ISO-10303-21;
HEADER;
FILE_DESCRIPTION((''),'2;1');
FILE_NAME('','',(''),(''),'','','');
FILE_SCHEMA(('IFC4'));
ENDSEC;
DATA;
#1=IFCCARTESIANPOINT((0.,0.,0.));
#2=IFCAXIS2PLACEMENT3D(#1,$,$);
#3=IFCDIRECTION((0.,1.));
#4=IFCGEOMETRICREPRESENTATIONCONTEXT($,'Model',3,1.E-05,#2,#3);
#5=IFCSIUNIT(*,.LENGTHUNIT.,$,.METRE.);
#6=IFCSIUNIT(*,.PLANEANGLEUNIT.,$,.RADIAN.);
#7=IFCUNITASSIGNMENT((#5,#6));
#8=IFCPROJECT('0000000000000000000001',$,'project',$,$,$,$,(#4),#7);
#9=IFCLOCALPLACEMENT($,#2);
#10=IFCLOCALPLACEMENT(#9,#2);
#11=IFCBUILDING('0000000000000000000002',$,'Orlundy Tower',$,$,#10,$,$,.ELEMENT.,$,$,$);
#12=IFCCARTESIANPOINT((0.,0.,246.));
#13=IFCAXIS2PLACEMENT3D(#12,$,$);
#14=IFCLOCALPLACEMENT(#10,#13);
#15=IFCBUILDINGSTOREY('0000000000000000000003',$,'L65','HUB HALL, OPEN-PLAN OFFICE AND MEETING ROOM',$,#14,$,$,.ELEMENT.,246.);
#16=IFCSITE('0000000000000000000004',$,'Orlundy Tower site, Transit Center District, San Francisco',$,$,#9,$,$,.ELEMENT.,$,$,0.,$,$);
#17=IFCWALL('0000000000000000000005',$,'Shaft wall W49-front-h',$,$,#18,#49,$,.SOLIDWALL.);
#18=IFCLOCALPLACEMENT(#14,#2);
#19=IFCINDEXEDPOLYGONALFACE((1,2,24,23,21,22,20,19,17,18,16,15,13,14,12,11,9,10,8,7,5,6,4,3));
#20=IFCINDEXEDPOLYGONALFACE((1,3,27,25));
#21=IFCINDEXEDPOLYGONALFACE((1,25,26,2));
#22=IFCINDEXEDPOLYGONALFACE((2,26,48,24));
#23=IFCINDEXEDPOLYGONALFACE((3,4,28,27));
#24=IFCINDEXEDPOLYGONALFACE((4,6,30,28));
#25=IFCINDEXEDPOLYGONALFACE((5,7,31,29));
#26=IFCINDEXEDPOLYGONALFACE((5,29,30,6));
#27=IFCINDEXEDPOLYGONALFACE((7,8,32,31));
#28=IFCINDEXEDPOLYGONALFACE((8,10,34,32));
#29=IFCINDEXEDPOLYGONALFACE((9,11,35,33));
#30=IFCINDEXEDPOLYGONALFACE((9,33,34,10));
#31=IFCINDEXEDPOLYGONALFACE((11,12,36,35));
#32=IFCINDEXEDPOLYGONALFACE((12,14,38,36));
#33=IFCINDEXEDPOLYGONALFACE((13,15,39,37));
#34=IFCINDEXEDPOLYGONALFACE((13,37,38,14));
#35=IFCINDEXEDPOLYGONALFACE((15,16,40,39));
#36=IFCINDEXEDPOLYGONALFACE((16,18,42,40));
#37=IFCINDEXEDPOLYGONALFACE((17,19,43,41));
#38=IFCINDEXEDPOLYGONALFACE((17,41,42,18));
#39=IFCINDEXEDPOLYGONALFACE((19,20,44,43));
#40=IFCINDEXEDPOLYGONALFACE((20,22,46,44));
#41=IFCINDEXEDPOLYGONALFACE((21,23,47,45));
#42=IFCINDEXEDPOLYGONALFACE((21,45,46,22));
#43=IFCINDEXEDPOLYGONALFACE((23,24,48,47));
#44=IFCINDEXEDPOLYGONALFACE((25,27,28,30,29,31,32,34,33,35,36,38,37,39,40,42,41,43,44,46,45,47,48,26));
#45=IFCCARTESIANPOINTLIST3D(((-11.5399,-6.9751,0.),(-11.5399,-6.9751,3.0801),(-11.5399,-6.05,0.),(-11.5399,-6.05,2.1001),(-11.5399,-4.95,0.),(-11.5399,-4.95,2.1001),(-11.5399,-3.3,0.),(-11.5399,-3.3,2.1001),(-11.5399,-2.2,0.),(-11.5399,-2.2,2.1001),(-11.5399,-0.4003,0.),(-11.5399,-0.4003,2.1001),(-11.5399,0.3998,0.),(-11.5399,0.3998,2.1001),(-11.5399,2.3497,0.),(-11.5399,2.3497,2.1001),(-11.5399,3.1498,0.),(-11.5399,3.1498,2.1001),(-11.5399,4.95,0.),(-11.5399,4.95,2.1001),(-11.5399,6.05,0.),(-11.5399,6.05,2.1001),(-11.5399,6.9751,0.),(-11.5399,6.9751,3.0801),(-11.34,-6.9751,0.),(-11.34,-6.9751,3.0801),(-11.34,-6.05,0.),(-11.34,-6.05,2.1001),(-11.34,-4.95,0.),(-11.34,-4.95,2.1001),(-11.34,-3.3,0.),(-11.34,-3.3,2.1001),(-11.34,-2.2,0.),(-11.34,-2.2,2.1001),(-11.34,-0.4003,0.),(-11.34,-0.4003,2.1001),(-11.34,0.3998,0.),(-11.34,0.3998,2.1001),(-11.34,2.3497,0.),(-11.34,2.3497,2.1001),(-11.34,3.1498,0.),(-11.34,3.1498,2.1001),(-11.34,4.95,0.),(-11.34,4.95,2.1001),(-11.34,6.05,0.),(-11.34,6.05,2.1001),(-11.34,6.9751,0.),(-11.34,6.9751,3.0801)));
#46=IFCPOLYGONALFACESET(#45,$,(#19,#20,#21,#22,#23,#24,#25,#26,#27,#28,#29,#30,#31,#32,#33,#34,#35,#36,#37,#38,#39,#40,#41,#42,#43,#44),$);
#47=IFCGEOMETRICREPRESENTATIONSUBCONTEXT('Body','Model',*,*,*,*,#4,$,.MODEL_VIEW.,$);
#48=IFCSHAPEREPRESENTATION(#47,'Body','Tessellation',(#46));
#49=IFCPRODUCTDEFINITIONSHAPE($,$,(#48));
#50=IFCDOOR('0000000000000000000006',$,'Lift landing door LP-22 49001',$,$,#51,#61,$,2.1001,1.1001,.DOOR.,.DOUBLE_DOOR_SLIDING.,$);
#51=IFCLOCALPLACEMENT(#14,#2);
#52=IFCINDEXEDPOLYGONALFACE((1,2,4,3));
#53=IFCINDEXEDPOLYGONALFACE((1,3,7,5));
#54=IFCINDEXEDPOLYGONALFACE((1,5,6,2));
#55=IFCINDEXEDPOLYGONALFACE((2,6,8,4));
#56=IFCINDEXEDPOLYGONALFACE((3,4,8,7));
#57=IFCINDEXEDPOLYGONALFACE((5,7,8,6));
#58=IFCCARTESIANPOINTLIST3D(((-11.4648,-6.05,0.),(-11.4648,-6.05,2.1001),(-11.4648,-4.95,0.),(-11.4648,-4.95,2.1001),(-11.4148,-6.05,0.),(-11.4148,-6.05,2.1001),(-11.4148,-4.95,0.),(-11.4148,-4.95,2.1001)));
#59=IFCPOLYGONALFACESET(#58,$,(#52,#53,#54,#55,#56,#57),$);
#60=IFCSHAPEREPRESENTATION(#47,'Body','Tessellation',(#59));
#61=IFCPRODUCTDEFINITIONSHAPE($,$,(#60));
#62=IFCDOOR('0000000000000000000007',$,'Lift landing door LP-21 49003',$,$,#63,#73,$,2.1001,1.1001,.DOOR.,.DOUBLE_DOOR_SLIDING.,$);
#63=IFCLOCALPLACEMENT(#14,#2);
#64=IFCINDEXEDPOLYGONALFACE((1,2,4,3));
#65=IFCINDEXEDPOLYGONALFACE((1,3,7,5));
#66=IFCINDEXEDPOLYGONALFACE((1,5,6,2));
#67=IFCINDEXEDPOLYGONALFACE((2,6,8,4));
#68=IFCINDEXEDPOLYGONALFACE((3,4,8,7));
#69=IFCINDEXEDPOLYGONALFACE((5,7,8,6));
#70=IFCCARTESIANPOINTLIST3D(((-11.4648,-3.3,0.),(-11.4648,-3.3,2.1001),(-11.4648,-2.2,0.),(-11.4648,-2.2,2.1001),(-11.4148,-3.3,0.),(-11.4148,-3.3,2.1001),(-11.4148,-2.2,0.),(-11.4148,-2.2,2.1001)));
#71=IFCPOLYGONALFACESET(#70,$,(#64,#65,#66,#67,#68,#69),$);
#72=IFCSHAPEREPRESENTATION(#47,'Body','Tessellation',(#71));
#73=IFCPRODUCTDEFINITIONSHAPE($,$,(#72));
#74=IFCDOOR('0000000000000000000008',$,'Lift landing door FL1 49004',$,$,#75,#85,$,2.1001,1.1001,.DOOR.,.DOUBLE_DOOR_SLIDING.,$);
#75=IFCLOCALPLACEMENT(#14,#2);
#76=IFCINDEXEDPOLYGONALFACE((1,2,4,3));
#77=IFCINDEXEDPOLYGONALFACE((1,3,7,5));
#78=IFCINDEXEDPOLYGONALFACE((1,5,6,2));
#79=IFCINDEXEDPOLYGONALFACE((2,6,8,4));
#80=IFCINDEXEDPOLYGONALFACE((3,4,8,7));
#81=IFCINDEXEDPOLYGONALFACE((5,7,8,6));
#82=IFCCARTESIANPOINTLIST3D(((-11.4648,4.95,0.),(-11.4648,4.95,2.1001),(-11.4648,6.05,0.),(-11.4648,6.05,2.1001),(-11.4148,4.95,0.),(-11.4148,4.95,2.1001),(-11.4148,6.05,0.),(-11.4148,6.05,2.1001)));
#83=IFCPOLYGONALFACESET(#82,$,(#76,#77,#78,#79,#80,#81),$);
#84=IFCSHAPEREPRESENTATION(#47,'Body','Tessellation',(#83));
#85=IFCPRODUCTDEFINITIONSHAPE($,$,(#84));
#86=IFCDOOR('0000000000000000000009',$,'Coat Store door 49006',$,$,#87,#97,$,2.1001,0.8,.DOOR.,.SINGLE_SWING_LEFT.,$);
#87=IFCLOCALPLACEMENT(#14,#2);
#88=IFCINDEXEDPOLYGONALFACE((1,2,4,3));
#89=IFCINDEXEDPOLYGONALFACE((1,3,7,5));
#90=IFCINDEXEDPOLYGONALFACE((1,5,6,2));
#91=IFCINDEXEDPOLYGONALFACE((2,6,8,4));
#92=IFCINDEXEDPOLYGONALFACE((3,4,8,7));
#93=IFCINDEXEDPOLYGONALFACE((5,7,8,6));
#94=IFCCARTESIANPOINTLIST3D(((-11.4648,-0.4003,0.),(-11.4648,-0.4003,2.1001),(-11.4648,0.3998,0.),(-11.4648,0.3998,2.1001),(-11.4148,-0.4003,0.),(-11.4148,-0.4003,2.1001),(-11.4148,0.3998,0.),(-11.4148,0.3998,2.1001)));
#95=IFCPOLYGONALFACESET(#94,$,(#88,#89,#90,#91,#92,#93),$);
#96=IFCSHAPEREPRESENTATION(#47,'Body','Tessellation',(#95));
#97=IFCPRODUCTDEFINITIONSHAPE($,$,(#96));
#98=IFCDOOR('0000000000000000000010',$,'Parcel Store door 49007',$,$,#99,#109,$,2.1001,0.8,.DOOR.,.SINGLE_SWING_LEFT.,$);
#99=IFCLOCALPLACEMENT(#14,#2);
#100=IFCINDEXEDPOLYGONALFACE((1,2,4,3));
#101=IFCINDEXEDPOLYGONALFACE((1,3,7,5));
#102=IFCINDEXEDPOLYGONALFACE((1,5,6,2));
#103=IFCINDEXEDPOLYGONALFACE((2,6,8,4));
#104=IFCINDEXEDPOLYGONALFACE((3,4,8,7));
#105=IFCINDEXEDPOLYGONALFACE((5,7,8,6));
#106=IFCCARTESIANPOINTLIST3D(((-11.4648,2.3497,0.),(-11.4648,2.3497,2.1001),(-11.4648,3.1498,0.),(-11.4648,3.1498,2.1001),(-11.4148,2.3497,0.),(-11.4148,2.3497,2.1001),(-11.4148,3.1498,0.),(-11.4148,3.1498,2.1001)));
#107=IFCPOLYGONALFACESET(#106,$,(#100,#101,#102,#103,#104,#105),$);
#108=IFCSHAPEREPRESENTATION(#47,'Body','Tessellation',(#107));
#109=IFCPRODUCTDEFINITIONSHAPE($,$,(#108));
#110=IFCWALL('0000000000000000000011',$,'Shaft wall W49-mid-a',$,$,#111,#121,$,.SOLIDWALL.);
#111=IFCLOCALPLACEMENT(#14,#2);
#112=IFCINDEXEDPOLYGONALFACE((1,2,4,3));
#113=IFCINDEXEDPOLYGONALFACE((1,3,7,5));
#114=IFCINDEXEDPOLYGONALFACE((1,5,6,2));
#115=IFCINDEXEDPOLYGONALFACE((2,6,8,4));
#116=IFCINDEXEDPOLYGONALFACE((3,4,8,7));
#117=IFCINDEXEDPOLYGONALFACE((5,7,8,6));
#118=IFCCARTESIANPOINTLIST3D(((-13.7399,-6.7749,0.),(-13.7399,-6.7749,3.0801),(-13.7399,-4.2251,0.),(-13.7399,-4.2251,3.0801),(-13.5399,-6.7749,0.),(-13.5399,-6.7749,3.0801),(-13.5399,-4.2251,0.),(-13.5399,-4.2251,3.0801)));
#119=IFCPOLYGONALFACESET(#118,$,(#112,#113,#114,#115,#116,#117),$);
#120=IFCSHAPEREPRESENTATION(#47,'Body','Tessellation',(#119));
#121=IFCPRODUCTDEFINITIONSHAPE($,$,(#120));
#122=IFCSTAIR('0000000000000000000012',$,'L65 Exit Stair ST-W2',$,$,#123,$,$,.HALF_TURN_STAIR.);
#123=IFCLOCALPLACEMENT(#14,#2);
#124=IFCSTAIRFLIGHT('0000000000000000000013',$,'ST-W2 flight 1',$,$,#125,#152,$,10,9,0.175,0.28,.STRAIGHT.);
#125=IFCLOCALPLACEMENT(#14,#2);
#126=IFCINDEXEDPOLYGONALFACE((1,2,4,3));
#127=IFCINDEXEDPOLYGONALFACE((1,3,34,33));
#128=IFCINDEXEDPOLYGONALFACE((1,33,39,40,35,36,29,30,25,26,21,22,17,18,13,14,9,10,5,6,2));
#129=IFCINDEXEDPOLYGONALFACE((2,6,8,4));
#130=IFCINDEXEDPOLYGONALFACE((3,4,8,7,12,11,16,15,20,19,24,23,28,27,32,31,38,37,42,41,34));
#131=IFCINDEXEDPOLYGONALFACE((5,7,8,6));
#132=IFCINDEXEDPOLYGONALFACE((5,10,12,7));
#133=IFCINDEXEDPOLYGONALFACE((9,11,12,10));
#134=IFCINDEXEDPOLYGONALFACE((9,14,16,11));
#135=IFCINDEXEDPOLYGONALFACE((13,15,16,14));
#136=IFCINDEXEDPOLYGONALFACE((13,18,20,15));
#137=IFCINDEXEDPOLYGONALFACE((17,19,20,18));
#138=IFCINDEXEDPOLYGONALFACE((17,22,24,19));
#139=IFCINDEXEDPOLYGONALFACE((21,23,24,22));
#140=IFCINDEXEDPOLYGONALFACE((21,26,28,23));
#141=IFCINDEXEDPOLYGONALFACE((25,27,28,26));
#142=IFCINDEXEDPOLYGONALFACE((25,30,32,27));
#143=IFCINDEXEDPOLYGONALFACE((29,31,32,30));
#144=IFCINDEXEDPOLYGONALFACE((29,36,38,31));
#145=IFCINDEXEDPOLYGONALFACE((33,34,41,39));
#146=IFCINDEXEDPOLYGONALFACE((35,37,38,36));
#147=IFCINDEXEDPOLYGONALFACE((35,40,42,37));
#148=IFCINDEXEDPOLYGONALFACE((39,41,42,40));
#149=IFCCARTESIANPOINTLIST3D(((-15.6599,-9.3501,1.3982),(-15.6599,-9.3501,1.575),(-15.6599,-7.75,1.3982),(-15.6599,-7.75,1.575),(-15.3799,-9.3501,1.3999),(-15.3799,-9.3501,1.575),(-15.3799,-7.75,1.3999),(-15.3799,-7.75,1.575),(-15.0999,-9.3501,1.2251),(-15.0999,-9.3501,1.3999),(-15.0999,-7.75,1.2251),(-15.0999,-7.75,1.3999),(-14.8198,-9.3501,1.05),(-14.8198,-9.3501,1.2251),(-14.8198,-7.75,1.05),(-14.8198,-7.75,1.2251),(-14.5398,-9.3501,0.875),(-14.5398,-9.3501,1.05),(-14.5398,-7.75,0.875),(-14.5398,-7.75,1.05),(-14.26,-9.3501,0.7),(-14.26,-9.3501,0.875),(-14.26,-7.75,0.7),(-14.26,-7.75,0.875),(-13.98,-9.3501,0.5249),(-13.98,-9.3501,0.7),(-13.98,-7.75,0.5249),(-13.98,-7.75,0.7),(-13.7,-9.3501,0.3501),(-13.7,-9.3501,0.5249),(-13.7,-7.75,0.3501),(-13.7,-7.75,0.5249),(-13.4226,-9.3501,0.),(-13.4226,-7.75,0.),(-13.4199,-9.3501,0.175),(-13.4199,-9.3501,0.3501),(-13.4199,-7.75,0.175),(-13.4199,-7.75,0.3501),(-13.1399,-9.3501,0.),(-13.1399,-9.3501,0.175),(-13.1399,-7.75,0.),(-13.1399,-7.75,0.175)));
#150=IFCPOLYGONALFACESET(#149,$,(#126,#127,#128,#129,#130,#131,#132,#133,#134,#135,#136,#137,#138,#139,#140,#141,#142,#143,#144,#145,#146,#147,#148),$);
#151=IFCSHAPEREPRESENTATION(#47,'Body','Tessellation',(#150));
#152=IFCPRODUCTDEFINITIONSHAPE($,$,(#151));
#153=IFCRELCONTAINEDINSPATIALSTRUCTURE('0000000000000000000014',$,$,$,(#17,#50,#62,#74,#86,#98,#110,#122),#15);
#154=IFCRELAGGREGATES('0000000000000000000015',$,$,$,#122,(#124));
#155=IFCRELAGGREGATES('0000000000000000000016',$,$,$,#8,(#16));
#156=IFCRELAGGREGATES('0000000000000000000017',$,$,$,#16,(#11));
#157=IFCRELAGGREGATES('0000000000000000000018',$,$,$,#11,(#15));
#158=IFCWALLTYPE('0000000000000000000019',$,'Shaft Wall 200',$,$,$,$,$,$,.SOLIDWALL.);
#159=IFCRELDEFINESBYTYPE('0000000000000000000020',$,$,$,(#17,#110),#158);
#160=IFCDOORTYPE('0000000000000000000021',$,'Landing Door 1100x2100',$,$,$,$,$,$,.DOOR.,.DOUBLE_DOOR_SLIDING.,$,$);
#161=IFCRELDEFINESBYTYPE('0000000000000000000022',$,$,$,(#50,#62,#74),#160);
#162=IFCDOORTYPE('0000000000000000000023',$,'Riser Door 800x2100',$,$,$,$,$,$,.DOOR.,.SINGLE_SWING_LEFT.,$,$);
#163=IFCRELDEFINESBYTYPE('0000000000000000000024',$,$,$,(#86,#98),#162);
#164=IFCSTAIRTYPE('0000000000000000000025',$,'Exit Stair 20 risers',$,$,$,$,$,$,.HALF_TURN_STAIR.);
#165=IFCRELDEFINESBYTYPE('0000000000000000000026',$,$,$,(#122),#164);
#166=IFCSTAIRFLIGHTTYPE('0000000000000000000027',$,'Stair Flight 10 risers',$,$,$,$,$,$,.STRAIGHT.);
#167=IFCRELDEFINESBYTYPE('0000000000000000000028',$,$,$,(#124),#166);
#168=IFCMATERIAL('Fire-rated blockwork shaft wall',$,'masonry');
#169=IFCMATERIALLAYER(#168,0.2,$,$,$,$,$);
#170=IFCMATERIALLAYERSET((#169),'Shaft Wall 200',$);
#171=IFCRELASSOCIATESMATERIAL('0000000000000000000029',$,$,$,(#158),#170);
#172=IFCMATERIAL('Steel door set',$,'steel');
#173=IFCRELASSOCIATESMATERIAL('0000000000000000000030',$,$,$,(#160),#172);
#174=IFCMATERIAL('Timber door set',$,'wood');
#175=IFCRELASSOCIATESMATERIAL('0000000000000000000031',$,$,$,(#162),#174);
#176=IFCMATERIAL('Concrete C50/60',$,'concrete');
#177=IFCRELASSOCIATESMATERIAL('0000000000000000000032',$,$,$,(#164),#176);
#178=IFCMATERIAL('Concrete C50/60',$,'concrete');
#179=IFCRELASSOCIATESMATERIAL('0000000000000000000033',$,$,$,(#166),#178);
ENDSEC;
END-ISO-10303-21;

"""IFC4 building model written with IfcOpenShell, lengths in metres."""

from ifc_helpers import new_model, si_unit, direction, frame, frame_2d, origin, place, context, subcontext, project, spatial, polyline, rectangle, outline, extrude, material, layer, layer_set, type_object, element, fill, aggregate, save


model = new_model("IFC4")

# Units and contexts
model_context = context("Model", 3, precision=1e-05, world=origin(), true_north=direction((0.0, 1.0)))
body_context = subcontext(model_context, "Body", "Model", "MODEL_VIEW")
ifc_project = project(units=[si_unit("LENGTHUNIT", "METRE"), si_unit("PLANEANGLEUNIT", "RADIAN")], contexts=[model_context])

# Site, building, storey
site_placement = place(None, origin())
site = spatial("IfcSite", under=ifc_project, at=site_placement, Name="Orlundy Tower site, Transit Center District, San Francisco", CompositionType="ELEMENT", RefElevation=0.0)
building_placement = place(site_placement, origin())
building = spatial("IfcBuilding", under=site, at=building_placement, Name="Orlundy Tower", CompositionType="ELEMENT")
storey_placement = place(building_placement, frame((0.0, 0.0, 246.0)))
storey = spatial("IfcBuildingStorey", under=building, at=storey_placement, Name="L65", Description="HUB HALL, OPEN-PLAN OFFICE AND MEETING ROOM", CompositionType="ELEMENT", Elevation=246.0)

# Shared definitions
ifc_material_1 = material(Name="Fire-rated blockwork shaft wall", Category="masonry")
ifc_layer_1 = layer(ifc_material_1, 0.2)
ifc_layer_set_1 = layer_set([ifc_layer_1], Name="Shaft Wall 200")
wall_type_1 = type_object("IfcWallType", Name="Shaft Wall 200", PredefinedType="SOLIDWALL", material=ifc_layer_set_1)

# Wall, openings, doors
wall_1_placement = place(storey_placement, frame((-11.4399, -6.9751, 0.0), z_axis=(0.0, 0.0, 1.0), x_axis=(0.0, 1.0, 0.0)))
wall_1 = element("IfcWall", 1, at=wall_1_placement, inside=storey, type_object=wall_type_1, Name="Shaft wall W49-front-h", PredefinedType="SOLIDWALL", context=body_context, shape_type="SweptSolid", body=[
    extrude(rectangle(XDim=13.9502, YDim=0.2, at=frame_2d((6.9751, 0.0))), origin(), (0.0, 0.0, 1.0), 3.0801),
])
opening_1_placement = place(wall_1_placement, frame((0.925, 0.0, 0.0)))
opening_1 = element("IfcOpeningElement", 2, at=opening_1_placement, cuts=wall_1, PredefinedType="OPENING", context=body_context, shape_type="SweptSolid", body=[
    extrude(rectangle(XDim=1.1001, YDim=2.1001, at=frame_2d((0.55, 1.05))), frame((0.0, 0.1101, 0.0), z_axis=(0.0, -1.0, 0.0), x_axis=(1.0, 0.0, 0.0)), (0.0, 0.0, 1.0), 0.2202),
])
opening_2_placement = place(wall_1_placement, frame((3.675, 0.0, 0.0)))
opening_2 = element("IfcOpeningElement", 3, at=opening_2_placement, cuts=wall_1, PredefinedType="OPENING", context=body_context, shape_type="SweptSolid", body=[
    extrude(rectangle(XDim=1.1001, YDim=2.1001, at=frame_2d((0.55, 1.05))), frame((0.0, 0.1101, 0.0), z_axis=(0.0, -1.0, 0.0), x_axis=(1.0, 0.0, 0.0)), (0.0, 0.0, 1.0), 0.2202),
])
opening_3_placement = place(wall_1_placement, frame((11.925, 0.0, 0.0)))
opening_3 = element("IfcOpeningElement", 4, at=opening_3_placement, cuts=wall_1, PredefinedType="OPENING", context=body_context, shape_type="SweptSolid", body=[
    extrude(rectangle(XDim=1.1001, YDim=2.1001, at=frame_2d((0.55, 1.05))), frame((0.0, 0.1101, 0.0), z_axis=(0.0, -1.0, 0.0), x_axis=(1.0, 0.0, 0.0)), (0.0, 0.0, 1.0), 0.2202),
])
opening_4_placement = place(wall_1_placement, frame((6.575, 0.0, 0.0)))
opening_4 = element("IfcOpeningElement", 5, at=opening_4_placement, cuts=wall_1, PredefinedType="OPENING", context=body_context, shape_type="SweptSolid", body=[
    extrude(rectangle(XDim=0.8, YDim=2.1001, at=frame_2d((0.3999, 1.05))), frame((0.0, 0.1101, 0.0), z_axis=(0.0, -1.0, 0.0), x_axis=(1.0, 0.0, 0.0)), (0.0, 0.0, 1.0), 0.2202),
])
opening_5_placement = place(wall_1_placement, frame((9.325, 0.0, 0.0)))
opening_5 = element("IfcOpeningElement", 6, at=opening_5_placement, cuts=wall_1, PredefinedType="OPENING", context=body_context, shape_type="SweptSolid", body=[
    extrude(rectangle(XDim=0.8, YDim=2.1001, at=frame_2d((0.3999, 1.05))), frame((0.0, 0.1101, 0.0), z_axis=(0.0, -1.0, 0.0), x_axis=(1.0, 0.0, 0.0)), (0.0, 0.0, 1.0), 0.2202),
])
ifc_material_2 = material(Name="Steel door set", Category="steel")
door_type_1 = type_object("IfcDoorType", Name="Landing Door 1100x2100", OperationType="DOUBLE_DOOR_SLIDING", PredefinedType="DOOR", material=ifc_material_2)
door_1_placement = place(opening_1_placement, origin())
door_1 = element("IfcDoor", 7, at=door_1_placement, inside=storey, type_object=door_type_1, Name="Lift landing door LP-22 49001", OperationType="DOUBLE_DOOR_SLIDING", OverallHeight=2.1001, OverallWidth=1.1001, PredefinedType="DOOR", context=body_context, shape_type="SweptSolid", body=[
    extrude(rectangle(XDim=1.1001, YDim=2.1001, at=frame_2d((0.55, 1.05))), frame((0.0, 0.0249, 0.0), z_axis=(0.0, -1.0, 0.0), x_axis=(1.0, 0.0, 0.0)), (0.0, 0.0, 1.0), 0.05),
])
fill(opening_1, door_1)
door_2_placement = place(opening_2_placement, origin())
door_2 = element("IfcDoor", 8, at=door_2_placement, inside=storey, type_object=door_type_1, Name="Lift landing door LP-21 49003", OperationType="DOUBLE_DOOR_SLIDING", OverallHeight=2.1001, OverallWidth=1.1001, PredefinedType="DOOR", context=body_context, shape_type="SweptSolid", body=[
    extrude(rectangle(XDim=1.1001, YDim=2.1001, at=frame_2d((0.55, 1.05))), frame((0.0, 0.0249, 0.0), z_axis=(0.0, -1.0, 0.0), x_axis=(1.0, 0.0, 0.0)), (0.0, 0.0, 1.0), 0.05),
])
fill(opening_2, door_2)
door_3_placement = place(opening_3_placement, origin())
door_3 = element("IfcDoor", 9, at=door_3_placement, inside=storey, type_object=door_type_1, Name="Lift landing door FL1 49004", OperationType="DOUBLE_DOOR_SLIDING", OverallHeight=2.1001, OverallWidth=1.1001, PredefinedType="DOOR", context=body_context, shape_type="SweptSolid", body=[
    extrude(rectangle(XDim=1.1001, YDim=2.1001, at=frame_2d((0.55, 1.05))), frame((0.0, 0.0249, 0.0), z_axis=(0.0, -1.0, 0.0), x_axis=(1.0, 0.0, 0.0)), (0.0, 0.0, 1.0), 0.05),
])
fill(opening_3, door_3)
ifc_material_3 = material(Name="Timber door set", Category="wood")
door_type_2 = type_object("IfcDoorType", Name="Riser Door 800x2100", OperationType="SINGLE_SWING_LEFT", PredefinedType="DOOR", material=ifc_material_3)
door_4_placement = place(opening_4_placement, origin())
door_4 = element("IfcDoor", 10, at=door_4_placement, inside=storey, type_object=door_type_2, Name="Coat Store door 49006", OperationType="SINGLE_SWING_LEFT", OverallHeight=2.1001, OverallWidth=0.8, PredefinedType="DOOR", context=body_context, shape_type="SweptSolid", body=[
    extrude(rectangle(XDim=0.8, YDim=2.1001, at=frame_2d((0.3999, 1.05))), frame((0.0, 0.0249, 0.0), z_axis=(0.0, -1.0, 0.0), x_axis=(1.0, 0.0, 0.0)), (0.0, 0.0, 1.0), 0.05),
])
fill(opening_4, door_4)
door_5_placement = place(opening_5_placement, origin())
door_5 = element("IfcDoor", 11, at=door_5_placement, inside=storey, type_object=door_type_2, Name="Parcel Store door 49007", OperationType="SINGLE_SWING_LEFT", OverallHeight=2.1001, OverallWidth=0.8, PredefinedType="DOOR", context=body_context, shape_type="SweptSolid", body=[
    extrude(rectangle(XDim=0.8, YDim=2.1001, at=frame_2d((0.3999, 1.05))), frame((0.0, 0.0249, 0.0), z_axis=(0.0, -1.0, 0.0), x_axis=(1.0, 0.0, 0.0)), (0.0, 0.0, 1.0), 0.05),
])
fill(opening_5, door_5)

# Wall
wall_2_placement = place(storey_placement, frame((-13.6399, -6.7749, 0.0), z_axis=(0.0, 0.0, 1.0), x_axis=(0.0, 1.0, 0.0)))
element("IfcWall", 12, at=wall_2_placement, inside=storey, type_object=wall_type_1, Name="Shaft wall W49-mid-a", PredefinedType="SOLIDWALL", context=body_context, shape_type="SweptSolid", body=[
    extrude(rectangle(XDim=2.5498, YDim=0.2, at=frame_2d((1.2749, 0.0))), origin(), (0.0, 0.0, 1.0), 3.0801),
])

# Stair, stair flight
ifc_material_4 = material(Name="Concrete C50/60", Category="concrete")
stair_type = type_object("IfcStairType", Name="Exit Stair 20 risers", PredefinedType="HALF_TURN_STAIR", material=ifc_material_4)
stair_placement = place(storey_placement, origin())
stair = element("IfcStair", 13, at=stair_placement, inside=storey, type_object=stair_type, Name="L65 Exit Stair ST-W2", PredefinedType="HALF_TURN_STAIR")
ifc_material_5 = material(Name="Concrete C50/60", Category="concrete")
stair_flight_type = type_object("IfcStairFlightType", Name="Stair Flight 10 risers", PredefinedType="STRAIGHT", material=ifc_material_5)
stair_flight_1_placement = place(storey_placement, frame((-13.1399, -8.55, 0.0), z_axis=(0.0, 0.0, 1.0), x_axis=(-1.0, 0.0, 0.0)))
stair_flight_1 = element("IfcStairFlight", 14, at=stair_flight_1_placement, type_object=stair_flight_type, Name="ST-W2 flight 1", NumberOfRisers=10, NumberOfTreads=9, PredefinedType="STRAIGHT", RiserHeight=0.175, TreadLength=0.28, context=body_context, shape_type="SweptSolid", body=[
    extrude(outline(polyline([(0.0, 0.0), (0.0, 0.175), (0.28, 0.175), (0.28, 0.3501), (0.5601, 0.3501), (0.5601, 0.5249), (0.8401, 0.5249), (0.8401, 0.7), (1.1201, 0.7), (1.1201, 0.875), (1.3999, 0.875), (1.3999, 1.05), (1.6799, 1.05), (1.6799, 1.2251), (1.96, 1.2251), (1.96, 1.3999), (2.24, 1.3999), (2.24, 1.575), (2.52, 1.575), (2.52, 1.75), (2.52, 1.3982), (0.2827, 0.0), (0.0, 0.0)])), frame((0.0, 0.8, 0.0), z_axis=(0.0, -1.0, 0.0), x_axis=(1.0, 0.0, 0.0)), (0.0, 0.0, 1.0), 1.6001),
])
aggregate(stair, [stair_flight_1])

save(model, "model.ifc")
